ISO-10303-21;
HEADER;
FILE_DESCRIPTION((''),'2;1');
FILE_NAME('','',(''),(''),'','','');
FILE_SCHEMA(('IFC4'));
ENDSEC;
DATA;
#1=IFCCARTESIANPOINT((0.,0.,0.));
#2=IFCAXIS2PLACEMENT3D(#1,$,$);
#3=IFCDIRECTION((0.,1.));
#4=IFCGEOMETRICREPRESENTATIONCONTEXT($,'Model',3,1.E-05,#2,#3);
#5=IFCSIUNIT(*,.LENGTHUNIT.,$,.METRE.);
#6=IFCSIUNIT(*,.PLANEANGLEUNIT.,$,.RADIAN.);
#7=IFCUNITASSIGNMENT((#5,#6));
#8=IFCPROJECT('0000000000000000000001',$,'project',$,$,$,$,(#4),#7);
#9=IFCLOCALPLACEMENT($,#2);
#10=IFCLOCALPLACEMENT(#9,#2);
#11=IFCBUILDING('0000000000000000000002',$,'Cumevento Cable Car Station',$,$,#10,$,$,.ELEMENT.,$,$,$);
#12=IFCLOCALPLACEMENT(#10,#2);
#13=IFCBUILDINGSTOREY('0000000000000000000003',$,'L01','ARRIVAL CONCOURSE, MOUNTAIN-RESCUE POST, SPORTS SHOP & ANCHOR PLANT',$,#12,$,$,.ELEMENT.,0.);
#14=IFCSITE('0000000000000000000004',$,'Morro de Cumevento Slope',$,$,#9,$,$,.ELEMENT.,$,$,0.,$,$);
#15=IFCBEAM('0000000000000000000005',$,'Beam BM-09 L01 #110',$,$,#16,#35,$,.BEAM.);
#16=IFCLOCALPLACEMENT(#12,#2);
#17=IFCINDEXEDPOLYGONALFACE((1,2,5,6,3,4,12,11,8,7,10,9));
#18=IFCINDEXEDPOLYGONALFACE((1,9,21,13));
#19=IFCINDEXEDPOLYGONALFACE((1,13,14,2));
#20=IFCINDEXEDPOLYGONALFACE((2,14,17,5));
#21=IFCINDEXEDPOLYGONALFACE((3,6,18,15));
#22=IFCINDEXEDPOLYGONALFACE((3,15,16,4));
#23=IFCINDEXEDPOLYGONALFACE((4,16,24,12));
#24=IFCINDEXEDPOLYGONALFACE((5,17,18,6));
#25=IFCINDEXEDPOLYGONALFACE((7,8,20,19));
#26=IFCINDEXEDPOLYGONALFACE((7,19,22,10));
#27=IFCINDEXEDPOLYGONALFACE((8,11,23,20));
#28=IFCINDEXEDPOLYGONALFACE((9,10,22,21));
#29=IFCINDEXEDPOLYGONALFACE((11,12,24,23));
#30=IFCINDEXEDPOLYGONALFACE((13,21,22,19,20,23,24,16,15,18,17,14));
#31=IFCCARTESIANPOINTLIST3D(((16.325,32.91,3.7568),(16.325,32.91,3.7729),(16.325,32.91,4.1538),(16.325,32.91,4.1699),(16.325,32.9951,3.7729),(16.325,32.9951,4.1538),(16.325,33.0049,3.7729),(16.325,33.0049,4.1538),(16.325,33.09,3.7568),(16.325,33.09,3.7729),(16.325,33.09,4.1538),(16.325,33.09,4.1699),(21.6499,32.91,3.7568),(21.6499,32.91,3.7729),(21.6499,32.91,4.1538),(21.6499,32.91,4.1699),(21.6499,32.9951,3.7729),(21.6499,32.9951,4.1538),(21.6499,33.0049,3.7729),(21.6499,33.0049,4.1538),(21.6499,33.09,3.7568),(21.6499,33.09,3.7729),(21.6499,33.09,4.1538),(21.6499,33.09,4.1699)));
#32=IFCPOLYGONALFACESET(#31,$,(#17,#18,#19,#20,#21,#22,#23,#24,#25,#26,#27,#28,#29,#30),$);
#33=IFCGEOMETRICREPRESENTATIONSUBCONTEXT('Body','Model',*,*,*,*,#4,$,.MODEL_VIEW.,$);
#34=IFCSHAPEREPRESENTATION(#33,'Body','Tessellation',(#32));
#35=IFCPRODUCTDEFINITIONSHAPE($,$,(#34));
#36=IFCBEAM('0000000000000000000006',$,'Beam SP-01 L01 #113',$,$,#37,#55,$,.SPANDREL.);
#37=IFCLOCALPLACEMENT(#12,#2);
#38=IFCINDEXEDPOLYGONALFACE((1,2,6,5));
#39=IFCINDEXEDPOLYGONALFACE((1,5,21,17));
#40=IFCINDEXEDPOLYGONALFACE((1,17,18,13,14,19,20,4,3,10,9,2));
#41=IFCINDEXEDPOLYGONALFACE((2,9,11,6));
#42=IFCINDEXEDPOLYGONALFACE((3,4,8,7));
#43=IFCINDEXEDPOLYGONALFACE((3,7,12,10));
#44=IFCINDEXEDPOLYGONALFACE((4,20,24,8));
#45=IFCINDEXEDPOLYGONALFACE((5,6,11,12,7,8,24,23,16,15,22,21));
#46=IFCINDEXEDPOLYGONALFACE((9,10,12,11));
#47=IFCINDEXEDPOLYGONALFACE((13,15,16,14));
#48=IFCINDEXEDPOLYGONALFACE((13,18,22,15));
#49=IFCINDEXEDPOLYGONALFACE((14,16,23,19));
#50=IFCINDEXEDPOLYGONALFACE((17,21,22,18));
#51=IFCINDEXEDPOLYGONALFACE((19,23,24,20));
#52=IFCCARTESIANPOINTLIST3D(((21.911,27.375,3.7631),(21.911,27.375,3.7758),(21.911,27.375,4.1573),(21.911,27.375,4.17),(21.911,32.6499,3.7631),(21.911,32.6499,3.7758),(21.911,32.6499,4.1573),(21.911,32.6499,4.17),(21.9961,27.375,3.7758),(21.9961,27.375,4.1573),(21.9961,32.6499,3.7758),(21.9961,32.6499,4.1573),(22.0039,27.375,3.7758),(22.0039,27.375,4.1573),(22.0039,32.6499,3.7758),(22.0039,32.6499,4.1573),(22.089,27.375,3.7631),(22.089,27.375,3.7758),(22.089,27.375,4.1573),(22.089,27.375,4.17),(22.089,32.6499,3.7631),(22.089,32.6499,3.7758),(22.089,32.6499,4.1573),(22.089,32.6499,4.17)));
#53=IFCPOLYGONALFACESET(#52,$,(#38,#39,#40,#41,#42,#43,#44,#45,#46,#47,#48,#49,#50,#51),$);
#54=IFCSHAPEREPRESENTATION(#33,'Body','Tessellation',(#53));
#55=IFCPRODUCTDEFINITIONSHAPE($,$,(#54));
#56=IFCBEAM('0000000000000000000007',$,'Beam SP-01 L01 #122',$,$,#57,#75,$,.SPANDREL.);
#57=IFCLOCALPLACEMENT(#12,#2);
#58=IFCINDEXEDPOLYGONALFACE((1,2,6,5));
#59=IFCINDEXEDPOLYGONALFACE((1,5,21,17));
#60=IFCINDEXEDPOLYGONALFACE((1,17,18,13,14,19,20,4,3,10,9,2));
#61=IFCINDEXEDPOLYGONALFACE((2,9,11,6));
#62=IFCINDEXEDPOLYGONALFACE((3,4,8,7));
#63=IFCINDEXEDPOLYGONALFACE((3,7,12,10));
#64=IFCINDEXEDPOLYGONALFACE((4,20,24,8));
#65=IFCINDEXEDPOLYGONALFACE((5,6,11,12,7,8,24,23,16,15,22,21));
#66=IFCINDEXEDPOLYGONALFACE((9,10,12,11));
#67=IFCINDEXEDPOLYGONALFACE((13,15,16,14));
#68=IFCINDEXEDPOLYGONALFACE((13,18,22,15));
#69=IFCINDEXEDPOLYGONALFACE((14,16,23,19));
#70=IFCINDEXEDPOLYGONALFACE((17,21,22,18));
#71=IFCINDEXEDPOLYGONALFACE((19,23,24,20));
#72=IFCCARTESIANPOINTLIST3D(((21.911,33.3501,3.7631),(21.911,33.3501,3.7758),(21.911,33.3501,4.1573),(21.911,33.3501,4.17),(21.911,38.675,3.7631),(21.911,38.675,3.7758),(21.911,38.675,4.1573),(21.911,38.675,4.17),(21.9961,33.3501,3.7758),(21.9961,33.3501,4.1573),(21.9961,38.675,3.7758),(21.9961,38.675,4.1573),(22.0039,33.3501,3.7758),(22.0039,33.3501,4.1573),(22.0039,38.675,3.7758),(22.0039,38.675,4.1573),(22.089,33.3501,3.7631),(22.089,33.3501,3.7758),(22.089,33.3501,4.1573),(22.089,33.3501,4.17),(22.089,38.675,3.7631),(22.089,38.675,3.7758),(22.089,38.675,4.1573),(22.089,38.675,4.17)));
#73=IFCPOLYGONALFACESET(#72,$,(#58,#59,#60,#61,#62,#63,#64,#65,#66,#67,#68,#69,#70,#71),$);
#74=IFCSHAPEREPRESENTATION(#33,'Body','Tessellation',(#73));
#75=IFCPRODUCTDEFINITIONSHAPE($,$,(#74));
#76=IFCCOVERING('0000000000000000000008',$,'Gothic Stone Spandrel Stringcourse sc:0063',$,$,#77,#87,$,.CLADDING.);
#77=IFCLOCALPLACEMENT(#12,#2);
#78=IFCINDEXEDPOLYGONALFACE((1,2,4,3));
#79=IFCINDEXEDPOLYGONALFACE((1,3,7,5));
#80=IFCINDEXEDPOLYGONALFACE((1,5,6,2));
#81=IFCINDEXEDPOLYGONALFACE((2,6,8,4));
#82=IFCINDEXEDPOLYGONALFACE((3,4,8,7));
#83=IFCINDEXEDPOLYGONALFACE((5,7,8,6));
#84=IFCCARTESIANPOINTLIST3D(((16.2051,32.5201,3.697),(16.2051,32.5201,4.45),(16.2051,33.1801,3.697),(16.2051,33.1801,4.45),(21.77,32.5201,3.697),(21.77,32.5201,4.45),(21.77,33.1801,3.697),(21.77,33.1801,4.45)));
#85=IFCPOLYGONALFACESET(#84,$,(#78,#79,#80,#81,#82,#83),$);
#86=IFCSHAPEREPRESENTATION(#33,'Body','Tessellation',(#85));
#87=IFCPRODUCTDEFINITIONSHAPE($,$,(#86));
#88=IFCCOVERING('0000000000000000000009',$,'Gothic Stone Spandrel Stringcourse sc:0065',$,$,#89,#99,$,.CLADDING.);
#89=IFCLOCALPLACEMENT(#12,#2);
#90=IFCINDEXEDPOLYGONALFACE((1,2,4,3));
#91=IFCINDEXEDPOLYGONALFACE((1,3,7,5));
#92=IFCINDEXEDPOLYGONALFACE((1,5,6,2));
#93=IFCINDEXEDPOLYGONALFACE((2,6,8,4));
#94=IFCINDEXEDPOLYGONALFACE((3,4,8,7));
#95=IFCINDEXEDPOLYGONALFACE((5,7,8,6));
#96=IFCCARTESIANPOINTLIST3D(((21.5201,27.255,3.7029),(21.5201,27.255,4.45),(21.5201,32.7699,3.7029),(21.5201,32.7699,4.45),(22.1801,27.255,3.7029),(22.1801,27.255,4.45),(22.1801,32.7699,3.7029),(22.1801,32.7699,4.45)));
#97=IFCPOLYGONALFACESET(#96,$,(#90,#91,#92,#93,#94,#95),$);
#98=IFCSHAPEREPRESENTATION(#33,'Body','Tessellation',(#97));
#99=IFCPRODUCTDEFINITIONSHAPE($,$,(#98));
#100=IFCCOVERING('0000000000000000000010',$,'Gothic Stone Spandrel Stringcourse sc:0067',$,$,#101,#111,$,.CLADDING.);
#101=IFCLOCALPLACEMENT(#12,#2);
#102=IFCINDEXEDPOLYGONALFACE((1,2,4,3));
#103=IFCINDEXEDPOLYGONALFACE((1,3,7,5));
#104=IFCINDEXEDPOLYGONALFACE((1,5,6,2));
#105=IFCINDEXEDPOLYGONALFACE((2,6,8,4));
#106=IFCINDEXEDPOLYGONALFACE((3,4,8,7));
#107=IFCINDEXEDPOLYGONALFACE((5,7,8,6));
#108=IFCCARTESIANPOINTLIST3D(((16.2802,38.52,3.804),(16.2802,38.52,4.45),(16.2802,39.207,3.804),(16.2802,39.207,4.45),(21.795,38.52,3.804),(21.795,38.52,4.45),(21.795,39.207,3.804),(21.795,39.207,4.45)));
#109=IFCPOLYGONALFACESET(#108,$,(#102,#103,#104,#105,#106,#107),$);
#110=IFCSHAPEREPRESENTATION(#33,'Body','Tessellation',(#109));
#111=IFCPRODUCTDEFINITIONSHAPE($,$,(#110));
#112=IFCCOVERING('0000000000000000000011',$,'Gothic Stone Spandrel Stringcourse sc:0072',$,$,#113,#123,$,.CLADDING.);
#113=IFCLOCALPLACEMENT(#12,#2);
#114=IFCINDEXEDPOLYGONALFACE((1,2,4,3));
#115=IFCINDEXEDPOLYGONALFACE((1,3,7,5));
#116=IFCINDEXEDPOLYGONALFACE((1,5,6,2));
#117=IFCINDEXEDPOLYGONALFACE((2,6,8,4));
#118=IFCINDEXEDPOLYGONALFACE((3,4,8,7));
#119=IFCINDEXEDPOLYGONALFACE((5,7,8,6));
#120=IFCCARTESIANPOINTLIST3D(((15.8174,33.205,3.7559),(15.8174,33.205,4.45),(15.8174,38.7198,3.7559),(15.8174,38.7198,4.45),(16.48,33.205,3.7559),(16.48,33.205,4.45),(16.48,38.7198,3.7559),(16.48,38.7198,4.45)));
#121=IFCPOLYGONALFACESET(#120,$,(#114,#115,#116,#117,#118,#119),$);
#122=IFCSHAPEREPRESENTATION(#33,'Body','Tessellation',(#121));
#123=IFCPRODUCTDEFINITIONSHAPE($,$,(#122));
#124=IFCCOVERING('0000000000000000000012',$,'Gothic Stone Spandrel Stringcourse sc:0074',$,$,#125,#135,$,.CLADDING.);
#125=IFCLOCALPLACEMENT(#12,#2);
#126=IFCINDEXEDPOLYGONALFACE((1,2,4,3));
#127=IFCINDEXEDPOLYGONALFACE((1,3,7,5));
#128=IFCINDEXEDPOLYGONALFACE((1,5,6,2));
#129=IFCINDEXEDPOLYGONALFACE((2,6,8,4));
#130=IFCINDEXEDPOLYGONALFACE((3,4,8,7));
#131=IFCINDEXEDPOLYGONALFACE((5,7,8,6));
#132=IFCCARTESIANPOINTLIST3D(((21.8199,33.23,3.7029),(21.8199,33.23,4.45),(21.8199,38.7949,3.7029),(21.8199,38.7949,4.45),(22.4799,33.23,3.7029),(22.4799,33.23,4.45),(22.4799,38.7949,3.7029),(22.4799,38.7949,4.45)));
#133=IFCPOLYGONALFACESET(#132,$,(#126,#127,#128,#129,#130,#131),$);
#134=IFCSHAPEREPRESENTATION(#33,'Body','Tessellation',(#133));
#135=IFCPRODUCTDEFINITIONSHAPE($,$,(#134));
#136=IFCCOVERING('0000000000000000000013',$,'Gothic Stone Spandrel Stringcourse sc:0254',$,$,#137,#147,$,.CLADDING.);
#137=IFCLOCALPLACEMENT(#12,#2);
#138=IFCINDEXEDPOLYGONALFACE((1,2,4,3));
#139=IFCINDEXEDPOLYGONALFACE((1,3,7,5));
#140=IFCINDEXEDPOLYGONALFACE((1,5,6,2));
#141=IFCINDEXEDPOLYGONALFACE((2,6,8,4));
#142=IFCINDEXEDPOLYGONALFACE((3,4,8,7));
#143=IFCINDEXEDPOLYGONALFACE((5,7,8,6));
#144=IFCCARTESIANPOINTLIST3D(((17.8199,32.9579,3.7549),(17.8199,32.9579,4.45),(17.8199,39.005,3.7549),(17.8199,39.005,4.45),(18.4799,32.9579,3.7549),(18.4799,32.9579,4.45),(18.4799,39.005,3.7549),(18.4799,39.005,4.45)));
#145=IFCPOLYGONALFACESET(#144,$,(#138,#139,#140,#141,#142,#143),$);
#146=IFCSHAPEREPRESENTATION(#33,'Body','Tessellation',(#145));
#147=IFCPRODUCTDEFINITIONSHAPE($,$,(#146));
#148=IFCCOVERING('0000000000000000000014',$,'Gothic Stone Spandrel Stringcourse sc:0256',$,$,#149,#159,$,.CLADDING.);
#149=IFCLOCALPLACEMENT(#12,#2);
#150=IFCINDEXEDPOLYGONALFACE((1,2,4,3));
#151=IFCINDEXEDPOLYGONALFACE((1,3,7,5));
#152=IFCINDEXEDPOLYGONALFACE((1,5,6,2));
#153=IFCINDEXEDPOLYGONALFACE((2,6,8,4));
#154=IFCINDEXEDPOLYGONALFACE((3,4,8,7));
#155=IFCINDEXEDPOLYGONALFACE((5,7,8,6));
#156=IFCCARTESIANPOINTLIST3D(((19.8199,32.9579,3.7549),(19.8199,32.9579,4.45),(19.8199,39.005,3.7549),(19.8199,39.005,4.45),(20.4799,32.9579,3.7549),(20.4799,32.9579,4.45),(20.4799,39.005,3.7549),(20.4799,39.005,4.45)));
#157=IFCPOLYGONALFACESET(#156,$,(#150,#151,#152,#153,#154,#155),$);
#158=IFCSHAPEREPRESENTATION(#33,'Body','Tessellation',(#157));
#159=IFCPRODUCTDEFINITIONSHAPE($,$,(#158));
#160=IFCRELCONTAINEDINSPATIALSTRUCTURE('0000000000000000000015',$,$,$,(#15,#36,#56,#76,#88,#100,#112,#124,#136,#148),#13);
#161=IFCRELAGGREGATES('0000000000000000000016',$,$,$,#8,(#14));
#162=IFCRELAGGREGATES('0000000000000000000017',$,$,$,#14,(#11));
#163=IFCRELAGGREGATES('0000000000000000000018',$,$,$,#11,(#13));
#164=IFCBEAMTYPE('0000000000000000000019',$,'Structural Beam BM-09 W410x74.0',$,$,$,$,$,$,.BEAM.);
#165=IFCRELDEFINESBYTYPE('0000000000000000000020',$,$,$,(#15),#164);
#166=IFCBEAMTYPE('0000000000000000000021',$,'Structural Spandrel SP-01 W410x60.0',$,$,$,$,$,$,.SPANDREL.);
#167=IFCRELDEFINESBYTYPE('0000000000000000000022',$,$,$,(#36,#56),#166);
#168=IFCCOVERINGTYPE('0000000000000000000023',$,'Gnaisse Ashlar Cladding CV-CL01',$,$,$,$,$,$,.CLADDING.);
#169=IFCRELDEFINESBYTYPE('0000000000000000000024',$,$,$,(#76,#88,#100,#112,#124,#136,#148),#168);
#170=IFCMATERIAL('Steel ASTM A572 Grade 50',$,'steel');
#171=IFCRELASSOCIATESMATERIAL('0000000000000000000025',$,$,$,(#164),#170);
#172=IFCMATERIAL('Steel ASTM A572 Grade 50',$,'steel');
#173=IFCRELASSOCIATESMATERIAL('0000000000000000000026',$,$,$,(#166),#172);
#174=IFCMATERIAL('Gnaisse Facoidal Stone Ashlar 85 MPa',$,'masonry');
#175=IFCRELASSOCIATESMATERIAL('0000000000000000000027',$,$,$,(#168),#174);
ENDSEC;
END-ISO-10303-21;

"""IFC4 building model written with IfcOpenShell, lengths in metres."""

from ifc_helpers import new_model, si_unit, direction, frame, origin, origin_2d, place, context, subcontext, project, spatial, rectangle, i_section, extrude, material, material_profile, profile_set, type_object, element, save


model = new_model("IFC4")

# Units and contexts
model_context = context("Model", 3, precision=1e-05, world=origin(), true_north=direction((0.0, 1.0)))
body_context = subcontext(model_context, "Body", "Model", "MODEL_VIEW")
ifc_project = project(units=[si_unit("LENGTHUNIT", "METRE"), si_unit("PLANEANGLEUNIT", "RADIAN")], contexts=[model_context])

# Site, building, storey
site_placement = place(None, origin())
site = spatial("IfcSite", under=ifc_project, at=site_placement, Name="Morro de Cumevento Slope", CompositionType="ELEMENT", RefElevation=0.0)
building_placement = place(site_placement, origin())
building = spatial("IfcBuilding", under=site, at=building_placement, Name="Cumevento Cable Car Station", CompositionType="ELEMENT")
storey_placement = place(building_placement, origin())
storey = spatial("IfcBuildingStorey", under=building, at=storey_placement, Name="L01", Description="ARRIVAL CONCOURSE, MOUNTAIN-RESCUE POST, SPORTS SHOP & ANCHOR PLANT", CompositionType="ELEMENT", Elevation=0.0)

# Beams
ifc_material_1 = material(Name="Steel ASTM A572 Grade 50", Category="steel")
ifc_material_profile_1 = material_profile(ifc_material_1, i_section(OverallWidth=0.1799, OverallDepth=0.4131, WebThickness=0.0098, FlangeThickness=0.0161, at=origin_2d()), Name="W410x74.0")
ifc_profile_set_1 = profile_set([ifc_material_profile_1], Name="Steel ASTM A572 Grade 50")
beam_type_1 = type_object("IfcBeamType", Name="Structural Beam BM-09 W410x74.0", PredefinedType="BEAM", material=ifc_profile_set_1)
beam_1_placement = place(storey_placement, frame((16.325, 33.0, 3.9634), z_axis=(1.0, 0.0, 0.0), x_axis=(0.0, 1.0, 0.0)))
element("IfcBeam", 1, at=beam_1_placement, inside=storey, type_object=beam_type_1, Name="Beam BM-09 L01 #110", PredefinedType="BEAM", context=body_context, shape_type="SweptSolid", body=[
    extrude(i_section(OverallWidth=0.1799, OverallDepth=0.4131, WebThickness=0.0098, FlangeThickness=0.0161, at=origin_2d()), origin(), (0.0, 0.0, 1.0), 5.325),
])
ifc_material_2 = material(Name="Steel ASTM A572 Grade 50", Category="steel")
ifc_material_profile_2 = material_profile(ifc_material_2, i_section(OverallWidth=0.178, OverallDepth=0.407, WebThickness=0.0078, FlangeThickness=0.0127, at=origin_2d()), Name="W410x60.0")
ifc_profile_set_2 = profile_set([ifc_material_profile_2], Name="Steel ASTM A572 Grade 50")
beam_type_2 = type_object("IfcBeamType", Name="Structural Spandrel SP-01 W410x60.0", PredefinedType="SPANDREL", material=ifc_profile_set_2)
beam_2_placement = place(storey_placement, frame((22.0, 27.375, 3.9666), z_axis=(0.0, 1.0, 0.0), x_axis=(-1.0, 0.0, 0.0)))
element("IfcBeam", 2, at=beam_2_placement, inside=storey, type_object=beam_type_2, Name="Beam SP-01 L01 #113", PredefinedType="SPANDREL", context=body_context, shape_type="SweptSolid", body=[
    extrude(i_section(OverallWidth=0.178, OverallDepth=0.407, WebThickness=0.0078, FlangeThickness=0.0127, at=origin_2d()), origin(), (0.0, 0.0, 1.0), 5.2749),
])
beam_3_placement = place(storey_placement, frame((22.0, 33.3501, 3.9666), z_axis=(0.0, 1.0, 0.0), x_axis=(-1.0, 0.0, 0.0)))
element("IfcBeam", 3, at=beam_3_placement, inside=storey, type_object=beam_type_2, Name="Beam SP-01 L01 #122", PredefinedType="SPANDREL", context=body_context, shape_type="SweptSolid", body=[
    extrude(i_section(OverallWidth=0.178, OverallDepth=0.407, WebThickness=0.0078, FlangeThickness=0.0127, at=origin_2d()), origin(), (0.0, 0.0, 1.0), 5.325),
])

# Coverings
ifc_material_3 = material(Name="Gnaisse Facoidal Stone Ashlar 85 MPa", Category="masonry")
covering_type = type_object("IfcCoveringType", Name="Gnaisse Ashlar Cladding CV-CL01", PredefinedType="CLADDING", material=ifc_material_3)
covering_1_placement = place(storey_placement, frame((18.9875, 32.8501, 3.697), z_axis=(0.0, 0.0, 1.0), x_axis=(1.0, 0.0, 0.0)))
element("IfcCovering", 4, at=covering_1_placement, inside=storey, type_object=covering_type, Name="Gothic Stone Spandrel Stringcourse sc:0063", PredefinedType="CLADDING", context=body_context, shape_type="SweptSolid", body=[
    extrude(rectangle(XDim=5.5649, YDim=0.6599, at=origin_2d()), origin(), (0.0, 0.0, 1.0), 0.7529),
])
covering_2_placement = place(storey_placement, frame((21.8501, 30.0125, 3.7029), z_axis=(0.0, 0.0, 1.0), x_axis=(0.0, -1.0, 0.0)))
element("IfcCovering", 5, at=covering_2_placement, inside=storey, type_object=covering_type, Name="Gothic Stone Spandrel Stringcourse sc:0065", PredefinedType="CLADDING", context=body_context, shape_type="SweptSolid", body=[
    extrude(rectangle(XDim=5.5149, YDim=0.6599, at=origin_2d()), origin(), (0.0, 0.0, 1.0), 0.7471),
])
covering_3_placement = place(storey_placement, frame((19.0376, 38.8635, 3.804), z_axis=(0.0, 0.0, 1.0), x_axis=(1.0, 0.0, 0.0)))
element("IfcCovering", 6, at=covering_3_placement, inside=storey, type_object=covering_type, Name="Gothic Stone Spandrel Stringcourse sc:0067", PredefinedType="CLADDING", context=body_context, shape_type="SweptSolid", body=[
    extrude(rectangle(XDim=5.5149, YDim=0.687, at=origin_2d()), origin(), (0.0, 0.0, 1.0), 0.646),
])
covering_4_placement = place(storey_placement, frame((16.1487, 35.9624, 3.7559), z_axis=(0.0, 0.0, 1.0), x_axis=(0.0, 1.0, 0.0)))
element("IfcCovering", 7, at=covering_4_placement, inside=storey, type_object=covering_type, Name="Gothic Stone Spandrel Stringcourse sc:0072", PredefinedType="CLADDING", context=body_context, shape_type="SweptSolid", body=[
    extrude(rectangle(XDim=5.5149, YDim=0.6626, at=origin_2d()), origin(), (0.0, 0.0, 1.0), 0.6941),
])
covering_5_placement = place(storey_placement, frame((22.1499, 36.0125, 3.7029), z_axis=(0.0, 0.0, 1.0), x_axis=(0.0, 1.0, 0.0)))
element("IfcCovering", 8, at=covering_5_placement, inside=storey, type_object=covering_type, Name="Gothic Stone Spandrel Stringcourse sc:0074", PredefinedType="CLADDING", context=body_context, shape_type="SweptSolid", body=[
    extrude(rectangle(XDim=5.5649, YDim=0.6599, at=origin_2d()), origin(), (0.0, 0.0, 1.0), 0.7471),
])
for number, where, z_axis, x_axis, name in (
    (9, (18.1499, 35.9814, 3.7549), (0.0, 0.0, 1.0), (0.0, 1.0, 0.0), "Gothic Stone Spandrel Stringcourse sc:0254"),
    (10, (20.1499, 35.9814, 3.7549), (0.0, 0.0, 1.0), (0.0, 1.0, 0.0), "Gothic Stone Spandrel Stringcourse sc:0256"),
):
    element("IfcCovering", number, at=place(storey_placement, frame(where, z_axis=z_axis, x_axis=x_axis)), inside=storey, type_object=covering_type, Name=name, PredefinedType="CLADDING", context=body_context, shape_type="SweptSolid", body=[
        extrude(rectangle(XDim=6.0471, YDim=0.6599, at=origin_2d()), origin(), (0.0, 0.0, 1.0), 0.6951),
    ])

save(model, "model.ifc")
